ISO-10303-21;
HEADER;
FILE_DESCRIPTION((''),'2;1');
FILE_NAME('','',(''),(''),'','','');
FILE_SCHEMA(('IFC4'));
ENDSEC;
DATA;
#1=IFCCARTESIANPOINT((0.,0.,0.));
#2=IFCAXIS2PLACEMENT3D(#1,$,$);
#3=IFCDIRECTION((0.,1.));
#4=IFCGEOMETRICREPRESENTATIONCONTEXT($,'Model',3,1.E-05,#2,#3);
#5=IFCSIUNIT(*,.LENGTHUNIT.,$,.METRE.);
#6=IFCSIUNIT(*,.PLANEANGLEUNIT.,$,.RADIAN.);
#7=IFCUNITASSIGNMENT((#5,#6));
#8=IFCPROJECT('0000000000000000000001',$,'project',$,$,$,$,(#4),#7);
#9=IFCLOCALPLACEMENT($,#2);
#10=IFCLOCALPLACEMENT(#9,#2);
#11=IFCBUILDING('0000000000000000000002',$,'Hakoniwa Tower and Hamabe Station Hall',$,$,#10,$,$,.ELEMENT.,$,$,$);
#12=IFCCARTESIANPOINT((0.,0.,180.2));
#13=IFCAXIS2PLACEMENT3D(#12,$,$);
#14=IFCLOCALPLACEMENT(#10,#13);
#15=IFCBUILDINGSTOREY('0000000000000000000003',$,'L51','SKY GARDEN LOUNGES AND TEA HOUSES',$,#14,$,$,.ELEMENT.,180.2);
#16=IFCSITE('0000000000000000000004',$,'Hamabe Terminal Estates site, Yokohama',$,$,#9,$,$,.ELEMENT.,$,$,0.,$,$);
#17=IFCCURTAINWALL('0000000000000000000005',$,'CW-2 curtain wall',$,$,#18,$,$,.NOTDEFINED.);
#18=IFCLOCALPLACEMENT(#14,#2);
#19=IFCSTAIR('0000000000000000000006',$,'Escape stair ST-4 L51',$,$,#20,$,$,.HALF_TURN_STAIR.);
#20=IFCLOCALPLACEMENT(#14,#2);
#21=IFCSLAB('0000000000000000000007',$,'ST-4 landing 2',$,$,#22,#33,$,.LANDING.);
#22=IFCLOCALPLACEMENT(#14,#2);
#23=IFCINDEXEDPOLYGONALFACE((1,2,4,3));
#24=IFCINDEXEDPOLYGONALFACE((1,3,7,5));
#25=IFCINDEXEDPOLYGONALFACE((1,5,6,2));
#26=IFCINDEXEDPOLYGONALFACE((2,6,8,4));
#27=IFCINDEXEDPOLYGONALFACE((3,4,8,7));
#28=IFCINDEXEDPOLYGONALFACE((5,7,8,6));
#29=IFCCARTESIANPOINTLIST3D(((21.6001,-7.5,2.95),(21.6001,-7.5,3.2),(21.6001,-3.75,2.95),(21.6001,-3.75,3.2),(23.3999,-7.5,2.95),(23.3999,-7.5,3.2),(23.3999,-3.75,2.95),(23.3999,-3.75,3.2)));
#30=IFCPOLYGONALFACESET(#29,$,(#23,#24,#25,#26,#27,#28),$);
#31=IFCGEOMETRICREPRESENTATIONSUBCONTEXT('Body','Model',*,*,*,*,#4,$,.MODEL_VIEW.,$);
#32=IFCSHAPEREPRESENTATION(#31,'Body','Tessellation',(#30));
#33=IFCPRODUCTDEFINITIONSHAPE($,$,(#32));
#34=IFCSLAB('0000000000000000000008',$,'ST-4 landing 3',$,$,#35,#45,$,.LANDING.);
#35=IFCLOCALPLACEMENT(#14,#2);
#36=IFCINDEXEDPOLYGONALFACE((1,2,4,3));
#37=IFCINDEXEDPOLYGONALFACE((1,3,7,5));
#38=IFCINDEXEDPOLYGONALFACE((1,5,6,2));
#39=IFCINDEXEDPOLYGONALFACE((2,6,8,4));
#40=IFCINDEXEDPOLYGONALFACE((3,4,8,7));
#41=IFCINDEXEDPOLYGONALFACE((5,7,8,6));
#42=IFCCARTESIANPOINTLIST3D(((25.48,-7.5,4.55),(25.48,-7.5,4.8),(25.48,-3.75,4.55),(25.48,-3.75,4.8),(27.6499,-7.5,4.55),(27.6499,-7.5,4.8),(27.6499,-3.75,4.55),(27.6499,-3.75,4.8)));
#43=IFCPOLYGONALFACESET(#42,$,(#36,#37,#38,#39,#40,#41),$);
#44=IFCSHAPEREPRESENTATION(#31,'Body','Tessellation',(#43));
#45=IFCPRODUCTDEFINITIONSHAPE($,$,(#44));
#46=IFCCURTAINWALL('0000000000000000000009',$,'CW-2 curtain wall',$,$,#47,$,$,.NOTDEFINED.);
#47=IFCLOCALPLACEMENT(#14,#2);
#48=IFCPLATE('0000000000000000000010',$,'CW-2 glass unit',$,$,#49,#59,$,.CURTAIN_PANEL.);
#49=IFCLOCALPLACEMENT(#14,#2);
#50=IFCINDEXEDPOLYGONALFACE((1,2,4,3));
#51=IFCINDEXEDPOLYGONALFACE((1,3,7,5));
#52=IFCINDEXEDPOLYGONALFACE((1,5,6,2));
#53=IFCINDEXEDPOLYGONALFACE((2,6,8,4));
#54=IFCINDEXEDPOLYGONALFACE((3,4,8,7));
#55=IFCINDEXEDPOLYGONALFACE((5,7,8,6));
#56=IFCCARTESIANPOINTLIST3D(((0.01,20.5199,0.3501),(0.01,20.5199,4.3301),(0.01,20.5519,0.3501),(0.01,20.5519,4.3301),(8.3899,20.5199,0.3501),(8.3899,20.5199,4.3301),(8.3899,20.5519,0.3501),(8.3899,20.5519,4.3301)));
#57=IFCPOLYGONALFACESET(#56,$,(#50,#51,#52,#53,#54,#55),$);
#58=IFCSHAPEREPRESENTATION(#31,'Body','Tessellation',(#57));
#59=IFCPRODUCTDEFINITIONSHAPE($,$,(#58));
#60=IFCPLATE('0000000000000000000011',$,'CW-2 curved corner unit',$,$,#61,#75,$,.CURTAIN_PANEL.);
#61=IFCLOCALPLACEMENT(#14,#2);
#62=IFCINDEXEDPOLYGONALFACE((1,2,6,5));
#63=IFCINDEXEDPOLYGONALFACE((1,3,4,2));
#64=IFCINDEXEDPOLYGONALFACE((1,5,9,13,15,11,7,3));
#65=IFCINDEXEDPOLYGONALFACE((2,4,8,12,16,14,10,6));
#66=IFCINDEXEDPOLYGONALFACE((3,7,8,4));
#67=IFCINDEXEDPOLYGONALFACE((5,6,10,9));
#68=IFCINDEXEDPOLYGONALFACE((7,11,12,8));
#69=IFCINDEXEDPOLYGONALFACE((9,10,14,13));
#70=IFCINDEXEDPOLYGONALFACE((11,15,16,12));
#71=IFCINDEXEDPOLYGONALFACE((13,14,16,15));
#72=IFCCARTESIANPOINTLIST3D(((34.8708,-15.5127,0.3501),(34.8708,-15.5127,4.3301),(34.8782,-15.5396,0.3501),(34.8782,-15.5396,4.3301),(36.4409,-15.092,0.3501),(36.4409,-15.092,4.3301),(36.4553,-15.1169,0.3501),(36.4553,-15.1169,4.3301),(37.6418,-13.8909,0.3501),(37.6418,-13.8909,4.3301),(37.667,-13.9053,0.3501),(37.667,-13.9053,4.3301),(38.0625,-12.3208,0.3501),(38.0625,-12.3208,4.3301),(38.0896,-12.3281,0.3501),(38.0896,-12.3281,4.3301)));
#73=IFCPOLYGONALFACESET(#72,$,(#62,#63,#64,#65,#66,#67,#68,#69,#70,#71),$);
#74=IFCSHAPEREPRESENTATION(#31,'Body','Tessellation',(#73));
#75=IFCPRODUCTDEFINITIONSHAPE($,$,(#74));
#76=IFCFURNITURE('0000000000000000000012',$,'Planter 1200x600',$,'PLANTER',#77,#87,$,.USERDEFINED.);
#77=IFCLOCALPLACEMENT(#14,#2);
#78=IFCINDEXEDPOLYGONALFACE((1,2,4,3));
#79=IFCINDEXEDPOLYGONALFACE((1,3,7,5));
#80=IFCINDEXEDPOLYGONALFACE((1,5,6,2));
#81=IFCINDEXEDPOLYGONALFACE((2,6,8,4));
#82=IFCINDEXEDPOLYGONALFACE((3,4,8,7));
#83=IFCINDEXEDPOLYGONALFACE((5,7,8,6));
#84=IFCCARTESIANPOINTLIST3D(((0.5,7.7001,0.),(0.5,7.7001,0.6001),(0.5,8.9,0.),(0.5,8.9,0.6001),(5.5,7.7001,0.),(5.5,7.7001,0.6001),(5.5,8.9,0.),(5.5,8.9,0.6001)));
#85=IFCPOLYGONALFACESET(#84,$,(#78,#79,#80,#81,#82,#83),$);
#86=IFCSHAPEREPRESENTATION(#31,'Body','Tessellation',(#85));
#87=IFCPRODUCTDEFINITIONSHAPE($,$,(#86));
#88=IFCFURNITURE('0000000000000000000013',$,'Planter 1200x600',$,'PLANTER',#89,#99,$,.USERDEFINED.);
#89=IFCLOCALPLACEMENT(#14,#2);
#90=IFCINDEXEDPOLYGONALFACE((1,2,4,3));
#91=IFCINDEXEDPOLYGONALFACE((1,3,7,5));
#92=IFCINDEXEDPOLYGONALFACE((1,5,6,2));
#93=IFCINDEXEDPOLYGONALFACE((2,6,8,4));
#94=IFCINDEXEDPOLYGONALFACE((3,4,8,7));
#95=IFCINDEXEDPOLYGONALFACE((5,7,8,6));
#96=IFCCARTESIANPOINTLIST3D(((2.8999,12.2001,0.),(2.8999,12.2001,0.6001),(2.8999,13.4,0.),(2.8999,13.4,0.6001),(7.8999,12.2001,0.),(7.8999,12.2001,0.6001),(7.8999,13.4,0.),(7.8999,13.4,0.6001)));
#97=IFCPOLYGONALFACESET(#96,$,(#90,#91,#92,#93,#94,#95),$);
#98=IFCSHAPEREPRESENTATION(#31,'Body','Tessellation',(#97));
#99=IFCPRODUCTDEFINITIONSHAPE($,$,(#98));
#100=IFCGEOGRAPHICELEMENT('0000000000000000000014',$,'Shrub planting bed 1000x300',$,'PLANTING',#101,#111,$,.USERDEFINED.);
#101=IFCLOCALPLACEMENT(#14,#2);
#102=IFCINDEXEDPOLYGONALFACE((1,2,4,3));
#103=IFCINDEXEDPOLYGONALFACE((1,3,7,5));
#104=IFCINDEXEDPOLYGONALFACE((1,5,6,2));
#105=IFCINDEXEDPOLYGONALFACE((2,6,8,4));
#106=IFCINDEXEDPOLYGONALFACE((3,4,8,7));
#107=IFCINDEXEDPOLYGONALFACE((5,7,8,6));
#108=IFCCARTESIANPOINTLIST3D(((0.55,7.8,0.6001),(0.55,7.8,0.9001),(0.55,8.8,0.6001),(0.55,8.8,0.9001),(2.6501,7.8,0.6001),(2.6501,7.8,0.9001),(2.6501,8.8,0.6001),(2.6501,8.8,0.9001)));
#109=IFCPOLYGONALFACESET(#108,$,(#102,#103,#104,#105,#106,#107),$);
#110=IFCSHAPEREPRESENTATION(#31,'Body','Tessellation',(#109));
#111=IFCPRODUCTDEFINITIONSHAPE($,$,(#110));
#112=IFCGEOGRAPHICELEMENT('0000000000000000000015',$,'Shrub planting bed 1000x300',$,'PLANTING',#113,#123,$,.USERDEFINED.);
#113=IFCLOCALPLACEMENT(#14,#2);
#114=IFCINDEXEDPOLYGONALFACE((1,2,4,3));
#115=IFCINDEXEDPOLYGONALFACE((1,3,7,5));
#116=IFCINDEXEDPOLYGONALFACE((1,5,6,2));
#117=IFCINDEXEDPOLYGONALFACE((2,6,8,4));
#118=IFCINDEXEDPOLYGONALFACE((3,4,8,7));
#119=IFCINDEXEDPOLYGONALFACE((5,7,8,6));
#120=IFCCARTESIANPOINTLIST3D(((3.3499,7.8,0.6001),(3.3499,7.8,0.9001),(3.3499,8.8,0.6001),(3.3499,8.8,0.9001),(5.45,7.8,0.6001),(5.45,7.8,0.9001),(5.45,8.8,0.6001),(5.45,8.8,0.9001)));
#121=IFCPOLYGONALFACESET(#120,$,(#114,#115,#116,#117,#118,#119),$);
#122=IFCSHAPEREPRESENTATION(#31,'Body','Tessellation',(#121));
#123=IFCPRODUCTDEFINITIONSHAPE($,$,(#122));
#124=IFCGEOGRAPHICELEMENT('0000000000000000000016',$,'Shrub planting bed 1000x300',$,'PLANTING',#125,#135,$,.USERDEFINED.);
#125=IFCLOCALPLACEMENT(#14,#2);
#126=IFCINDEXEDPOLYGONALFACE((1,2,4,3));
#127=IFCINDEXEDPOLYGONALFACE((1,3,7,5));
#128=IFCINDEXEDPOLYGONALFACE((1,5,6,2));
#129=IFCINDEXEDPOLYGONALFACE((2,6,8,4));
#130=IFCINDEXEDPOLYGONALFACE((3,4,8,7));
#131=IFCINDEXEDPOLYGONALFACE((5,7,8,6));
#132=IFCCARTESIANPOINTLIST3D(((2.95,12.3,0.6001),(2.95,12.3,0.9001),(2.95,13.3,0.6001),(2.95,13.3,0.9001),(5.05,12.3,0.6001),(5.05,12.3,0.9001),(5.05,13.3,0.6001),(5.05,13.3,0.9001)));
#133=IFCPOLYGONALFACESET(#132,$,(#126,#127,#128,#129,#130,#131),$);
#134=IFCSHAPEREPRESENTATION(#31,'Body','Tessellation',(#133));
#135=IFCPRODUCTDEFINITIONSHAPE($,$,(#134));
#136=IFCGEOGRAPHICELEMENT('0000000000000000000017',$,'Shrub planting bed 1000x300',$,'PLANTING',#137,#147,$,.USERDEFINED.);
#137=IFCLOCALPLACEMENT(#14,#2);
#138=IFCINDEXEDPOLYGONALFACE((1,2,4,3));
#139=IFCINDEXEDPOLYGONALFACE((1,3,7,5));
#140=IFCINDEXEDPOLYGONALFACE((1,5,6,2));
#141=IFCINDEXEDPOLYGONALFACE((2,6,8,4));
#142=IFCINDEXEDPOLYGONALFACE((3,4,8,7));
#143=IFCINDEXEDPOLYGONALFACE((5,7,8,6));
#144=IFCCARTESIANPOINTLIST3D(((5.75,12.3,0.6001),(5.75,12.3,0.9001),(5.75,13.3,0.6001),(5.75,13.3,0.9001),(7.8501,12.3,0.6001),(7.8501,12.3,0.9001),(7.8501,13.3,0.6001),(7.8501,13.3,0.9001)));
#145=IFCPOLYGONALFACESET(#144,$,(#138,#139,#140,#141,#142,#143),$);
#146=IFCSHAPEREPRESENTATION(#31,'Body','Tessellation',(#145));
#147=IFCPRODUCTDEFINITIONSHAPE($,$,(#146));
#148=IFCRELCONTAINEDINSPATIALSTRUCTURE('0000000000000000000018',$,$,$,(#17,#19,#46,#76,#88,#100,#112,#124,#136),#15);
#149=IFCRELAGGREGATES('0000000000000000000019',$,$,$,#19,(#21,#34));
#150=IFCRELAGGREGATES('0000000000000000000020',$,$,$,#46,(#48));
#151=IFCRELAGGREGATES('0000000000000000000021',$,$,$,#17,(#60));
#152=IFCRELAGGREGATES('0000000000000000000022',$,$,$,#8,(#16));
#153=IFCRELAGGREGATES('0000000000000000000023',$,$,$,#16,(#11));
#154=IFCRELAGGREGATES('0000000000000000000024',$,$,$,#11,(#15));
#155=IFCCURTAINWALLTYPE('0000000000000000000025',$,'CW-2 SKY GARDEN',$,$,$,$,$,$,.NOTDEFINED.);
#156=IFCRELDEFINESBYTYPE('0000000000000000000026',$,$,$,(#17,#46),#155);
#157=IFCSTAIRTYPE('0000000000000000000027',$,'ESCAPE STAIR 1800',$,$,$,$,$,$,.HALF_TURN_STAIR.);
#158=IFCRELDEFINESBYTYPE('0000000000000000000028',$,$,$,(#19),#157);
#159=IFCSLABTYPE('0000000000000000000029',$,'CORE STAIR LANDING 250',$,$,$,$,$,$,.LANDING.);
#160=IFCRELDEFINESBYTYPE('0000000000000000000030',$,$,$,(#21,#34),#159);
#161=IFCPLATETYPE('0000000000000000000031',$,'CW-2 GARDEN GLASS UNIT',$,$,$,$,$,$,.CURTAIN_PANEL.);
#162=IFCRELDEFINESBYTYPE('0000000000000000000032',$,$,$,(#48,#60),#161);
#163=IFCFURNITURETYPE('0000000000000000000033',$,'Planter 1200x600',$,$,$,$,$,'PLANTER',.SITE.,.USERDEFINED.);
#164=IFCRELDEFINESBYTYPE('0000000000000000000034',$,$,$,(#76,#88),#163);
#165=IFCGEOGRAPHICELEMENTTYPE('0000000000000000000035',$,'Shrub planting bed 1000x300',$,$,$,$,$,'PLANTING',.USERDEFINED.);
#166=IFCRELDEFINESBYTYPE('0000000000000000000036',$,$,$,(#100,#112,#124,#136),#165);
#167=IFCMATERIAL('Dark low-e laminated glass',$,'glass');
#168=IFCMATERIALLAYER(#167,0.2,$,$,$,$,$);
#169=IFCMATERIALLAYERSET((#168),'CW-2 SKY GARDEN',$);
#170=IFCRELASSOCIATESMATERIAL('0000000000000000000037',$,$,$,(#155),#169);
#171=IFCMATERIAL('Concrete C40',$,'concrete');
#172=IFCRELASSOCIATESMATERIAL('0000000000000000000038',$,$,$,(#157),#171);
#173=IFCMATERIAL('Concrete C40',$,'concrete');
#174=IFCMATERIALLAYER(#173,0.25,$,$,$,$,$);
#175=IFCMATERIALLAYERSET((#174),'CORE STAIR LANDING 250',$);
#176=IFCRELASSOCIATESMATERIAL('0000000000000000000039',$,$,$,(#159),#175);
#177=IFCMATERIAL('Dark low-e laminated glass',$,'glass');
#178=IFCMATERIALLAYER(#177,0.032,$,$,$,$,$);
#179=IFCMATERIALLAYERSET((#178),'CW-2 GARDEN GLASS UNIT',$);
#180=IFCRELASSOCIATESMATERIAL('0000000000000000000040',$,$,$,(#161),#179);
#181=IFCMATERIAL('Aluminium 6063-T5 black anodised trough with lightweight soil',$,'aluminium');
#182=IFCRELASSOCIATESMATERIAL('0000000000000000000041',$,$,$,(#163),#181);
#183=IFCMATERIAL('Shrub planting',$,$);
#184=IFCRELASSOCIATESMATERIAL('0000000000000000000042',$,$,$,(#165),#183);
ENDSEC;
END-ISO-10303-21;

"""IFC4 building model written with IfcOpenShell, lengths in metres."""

from ifc_helpers import new_model, si_unit, direction, frame, origin, origin_2d, place, context, subcontext, project, spatial, polyline, rectangle, outline, extrude, material, layer, layer_set, type_object, element, aggregate, save


model = new_model("IFC4")

# Units and contexts
model_context = context("Model", 3, precision=1e-05, world=origin(), true_north=direction((0.0, 1.0)))
body_context = subcontext(model_context, "Body", "Model", "MODEL_VIEW")
ifc_project = project(units=[si_unit("LENGTHUNIT", "METRE"), si_unit("PLANEANGLEUNIT", "RADIAN")], contexts=[model_context])

# Site, building, storey
site_placement = place(None, origin())
site = spatial("IfcSite", under=ifc_project, at=site_placement, Name="Hamabe Terminal Estates site, Yokohama", CompositionType="ELEMENT", RefElevation=0.0)
building_placement = place(site_placement, origin())
building = spatial("IfcBuilding", under=site, at=building_placement, Name="Hakoniwa Tower and Hamabe Station Hall", CompositionType="ELEMENT")
storey_placement = place(building_placement, frame((0.0, 0.0, 180.2)))
storey = spatial("IfcBuildingStorey", under=building, at=storey_placement, Name="L51", Description="SKY GARDEN LOUNGES AND TEA HOUSES", CompositionType="ELEMENT", Elevation=180.2)

# Curtain wall
ifc_material_1 = material(Name="Dark low-e laminated glass", Category="glass")
ifc_layer_1 = layer(ifc_material_1, 0.2)
ifc_layer_set_1 = layer_set([ifc_layer_1], Name="CW-2 SKY GARDEN")
curtain_wall_type = type_object("IfcCurtainWallType", Name="CW-2 SKY GARDEN", PredefinedType="NOTDEFINED", material=ifc_layer_set_1)
curtain_wall_1_placement = place(storey_placement, origin())
curtain_wall_1 = element("IfcCurtainWall", 1, at=curtain_wall_1_placement, inside=storey, type_object=curtain_wall_type, Name="CW-2 curtain wall", PredefinedType="NOTDEFINED")

# Stair, slabs
ifc_material_2 = material(Name="Concrete C40", Category="concrete")
stair_type = type_object("IfcStairType", Name="ESCAPE STAIR 1800", PredefinedType="HALF_TURN_STAIR", material=ifc_material_2)
ifc_material_3 = material(Name="Concrete C40", Category="concrete")
ifc_layer_2 = layer(ifc_material_3, 0.25)
ifc_layer_set_2 = layer_set([ifc_layer_2], Name="CORE STAIR LANDING 250")
slab_type = type_object("IfcSlabType", Name="CORE STAIR LANDING 250", PredefinedType="LANDING", material=ifc_layer_set_2)
stair_1_placement = place(storey_placement, origin())
stair_1 = element("IfcStair", 2, at=stair_1_placement, inside=storey, type_object=stair_type, Name="Escape stair ST-4 L51", PredefinedType="HALF_TURN_STAIR")
slab_1_placement = place(storey_placement, frame((0.0, 0.0, 2.95)))
slab_1 = element("IfcSlab", 3, at=slab_1_placement, type_object=slab_type, Name="ST-4 landing 2", PredefinedType="LANDING", context=body_context, shape_type="SweptSolid", body=[
    extrude(outline(polyline([(21.6001, -7.5), (23.3999, -7.5), (23.3999, -3.75), (21.6001, -3.75), (21.6001, -7.5)])), origin(), (0.0, 0.0, 1.0), 0.25),
])
slab_2_placement = place(storey_placement, frame((0.0, 0.0, 4.55)))
slab_2 = element("IfcSlab", 4, at=slab_2_placement, type_object=slab_type, Name="ST-4 landing 3", PredefinedType="LANDING", context=body_context, shape_type="SweptSolid", body=[
    extrude(outline(polyline([(25.48, -7.5), (27.6499, -7.5), (27.6499, -3.75), (25.48, -3.75), (25.48, -7.5)])), origin(), (0.0, 0.0, 1.0), 0.25),
])
aggregate(stair_1, [slab_1, slab_2])

# Curtain wall, plate
curtain_wall_2_placement = place(storey_placement, origin())
curtain_wall_2 = element("IfcCurtainWall", 5, at=curtain_wall_2_placement, inside=storey, type_object=curtain_wall_type, Name="CW-2 curtain wall", PredefinedType="NOTDEFINED")
ifc_material_4 = material(Name="Dark low-e laminated glass", Category="glass")
ifc_layer_3 = layer(ifc_material_4, 0.032)
ifc_layer_set_3 = layer_set([ifc_layer_3], Name="CW-2 GARDEN GLASS UNIT")
plate_type = type_object("IfcPlateType", Name="CW-2 GARDEN GLASS UNIT", PredefinedType="CURTAIN_PANEL", material=ifc_layer_set_3)
plate_1_placement = place(storey_placement, frame((4.2, 20.5359, 0.3501), z_axis=(0.0, 0.0, 1.0), x_axis=(-1.0, 0.0, 0.0)))
plate_1 = element("IfcPlate", 6, at=plate_1_placement, type_object=plate_type, Name="CW-2 glass unit", PredefinedType="CURTAIN_PANEL", context=body_context, shape_type="SweptSolid", body=[
    extrude(rectangle(XDim=8.3799, YDim=0.032, at=origin_2d()), origin(), (0.0, 0.0, 1.0), 3.98),
])
aggregate(curtain_wall_2, [plate_1])

# Plate
plate_2_placement = place(storey_placement, frame((0.0, 0.0, 0.3501)))
plate_2 = element("IfcPlate", 7, at=plate_2_placement, type_object=plate_type, Name="CW-2 curved corner unit", PredefinedType="CURTAIN_PANEL", context=body_context, shape_type="SweptSolid", body=[
    extrude(outline(polyline([(34.8782, -15.5396), (36.4553, -15.1169), (37.667, -13.9053), (38.0896, -12.3281), (38.0625, -12.3208), (37.6418, -13.8909), (36.4409, -15.092), (34.8708, -15.5127), (34.8782, -15.5396)])), origin(), (0.0, 0.0, 1.0), 3.98),
])
aggregate(curtain_wall_1, [plate_2])

# Furniture
ifc_material_5 = material(Name="Aluminium 6063-T5 black anodised trough with lightweight soil", Category="aluminium")
furniture_type = type_object("IfcFurnitureType", Name="Planter 1200x600", ElementType="PLANTER", AssemblyPlace="SITE", PredefinedType="USERDEFINED", material=ifc_material_5)
for number, where, z_axis, x_axis, name in (
    (8, (3.0, 8.3, 0.0), (0.0, 0.0, 1.0), (1.0, 0.0, 0.0), "Planter 1200x600"),
    (9, (5.3999, 12.8, 0.0), (0.0, 0.0, 1.0), (1.0, 0.0, 0.0), "Planter 1200x600"),
):
    element("IfcFurniture", number, at=place(storey_placement, frame(where, z_axis=z_axis, x_axis=x_axis)), inside=storey, type_object=furniture_type, Name=name, ObjectType="PLANTER", PredefinedType="USERDEFINED", context=body_context, shape_type="SweptSolid", body=[
        extrude(rectangle(XDim=5.0, YDim=1.2, at=origin_2d()), origin(), (0.0, 0.0, 1.0), 0.6001),
    ])

# Geographic elements
ifc_material_6 = material(Name="Shrub planting")
geographic_element_type = type_object("IfcGeographicElementType", Name="Shrub planting bed 1000x300", ElementType="PLANTING", PredefinedType="USERDEFINED", material=ifc_material_6)
for number, where, z_axis, x_axis, name in (
    (10, (1.6001, 8.3, 0.6001), (0.0, 0.0, 1.0), (1.0, 0.0, 0.0), "Shrub planting bed 1000x300"),
    (11, (4.3999, 8.3, 0.6001), (0.0, 0.0, 1.0), (1.0, 0.0, 0.0), "Shrub planting bed 1000x300"),
    (12, (4.0, 12.8, 0.6001), (0.0, 0.0, 1.0), (1.0, 0.0, 0.0), "Shrub planting bed 1000x300"),
    (13, (6.8, 12.8, 0.6001), (0.0, 0.0, 1.0), (1.0, 0.0, 0.0), "Shrub planting bed 1000x300"),
):
    element("IfcGeographicElement", number, at=place(storey_placement, frame(where, z_axis=z_axis, x_axis=x_axis)), inside=storey, type_object=geographic_element_type, Name=name, ObjectType="PLANTING", PredefinedType="USERDEFINED", context=body_context, shape_type="SweptSolid", body=[
        extrude(rectangle(XDim=2.1001, YDim=1.0, at=origin_2d()), origin(), (0.0, 0.0, 1.0), 0.3),
    ])

save(model, "model.ifc")
